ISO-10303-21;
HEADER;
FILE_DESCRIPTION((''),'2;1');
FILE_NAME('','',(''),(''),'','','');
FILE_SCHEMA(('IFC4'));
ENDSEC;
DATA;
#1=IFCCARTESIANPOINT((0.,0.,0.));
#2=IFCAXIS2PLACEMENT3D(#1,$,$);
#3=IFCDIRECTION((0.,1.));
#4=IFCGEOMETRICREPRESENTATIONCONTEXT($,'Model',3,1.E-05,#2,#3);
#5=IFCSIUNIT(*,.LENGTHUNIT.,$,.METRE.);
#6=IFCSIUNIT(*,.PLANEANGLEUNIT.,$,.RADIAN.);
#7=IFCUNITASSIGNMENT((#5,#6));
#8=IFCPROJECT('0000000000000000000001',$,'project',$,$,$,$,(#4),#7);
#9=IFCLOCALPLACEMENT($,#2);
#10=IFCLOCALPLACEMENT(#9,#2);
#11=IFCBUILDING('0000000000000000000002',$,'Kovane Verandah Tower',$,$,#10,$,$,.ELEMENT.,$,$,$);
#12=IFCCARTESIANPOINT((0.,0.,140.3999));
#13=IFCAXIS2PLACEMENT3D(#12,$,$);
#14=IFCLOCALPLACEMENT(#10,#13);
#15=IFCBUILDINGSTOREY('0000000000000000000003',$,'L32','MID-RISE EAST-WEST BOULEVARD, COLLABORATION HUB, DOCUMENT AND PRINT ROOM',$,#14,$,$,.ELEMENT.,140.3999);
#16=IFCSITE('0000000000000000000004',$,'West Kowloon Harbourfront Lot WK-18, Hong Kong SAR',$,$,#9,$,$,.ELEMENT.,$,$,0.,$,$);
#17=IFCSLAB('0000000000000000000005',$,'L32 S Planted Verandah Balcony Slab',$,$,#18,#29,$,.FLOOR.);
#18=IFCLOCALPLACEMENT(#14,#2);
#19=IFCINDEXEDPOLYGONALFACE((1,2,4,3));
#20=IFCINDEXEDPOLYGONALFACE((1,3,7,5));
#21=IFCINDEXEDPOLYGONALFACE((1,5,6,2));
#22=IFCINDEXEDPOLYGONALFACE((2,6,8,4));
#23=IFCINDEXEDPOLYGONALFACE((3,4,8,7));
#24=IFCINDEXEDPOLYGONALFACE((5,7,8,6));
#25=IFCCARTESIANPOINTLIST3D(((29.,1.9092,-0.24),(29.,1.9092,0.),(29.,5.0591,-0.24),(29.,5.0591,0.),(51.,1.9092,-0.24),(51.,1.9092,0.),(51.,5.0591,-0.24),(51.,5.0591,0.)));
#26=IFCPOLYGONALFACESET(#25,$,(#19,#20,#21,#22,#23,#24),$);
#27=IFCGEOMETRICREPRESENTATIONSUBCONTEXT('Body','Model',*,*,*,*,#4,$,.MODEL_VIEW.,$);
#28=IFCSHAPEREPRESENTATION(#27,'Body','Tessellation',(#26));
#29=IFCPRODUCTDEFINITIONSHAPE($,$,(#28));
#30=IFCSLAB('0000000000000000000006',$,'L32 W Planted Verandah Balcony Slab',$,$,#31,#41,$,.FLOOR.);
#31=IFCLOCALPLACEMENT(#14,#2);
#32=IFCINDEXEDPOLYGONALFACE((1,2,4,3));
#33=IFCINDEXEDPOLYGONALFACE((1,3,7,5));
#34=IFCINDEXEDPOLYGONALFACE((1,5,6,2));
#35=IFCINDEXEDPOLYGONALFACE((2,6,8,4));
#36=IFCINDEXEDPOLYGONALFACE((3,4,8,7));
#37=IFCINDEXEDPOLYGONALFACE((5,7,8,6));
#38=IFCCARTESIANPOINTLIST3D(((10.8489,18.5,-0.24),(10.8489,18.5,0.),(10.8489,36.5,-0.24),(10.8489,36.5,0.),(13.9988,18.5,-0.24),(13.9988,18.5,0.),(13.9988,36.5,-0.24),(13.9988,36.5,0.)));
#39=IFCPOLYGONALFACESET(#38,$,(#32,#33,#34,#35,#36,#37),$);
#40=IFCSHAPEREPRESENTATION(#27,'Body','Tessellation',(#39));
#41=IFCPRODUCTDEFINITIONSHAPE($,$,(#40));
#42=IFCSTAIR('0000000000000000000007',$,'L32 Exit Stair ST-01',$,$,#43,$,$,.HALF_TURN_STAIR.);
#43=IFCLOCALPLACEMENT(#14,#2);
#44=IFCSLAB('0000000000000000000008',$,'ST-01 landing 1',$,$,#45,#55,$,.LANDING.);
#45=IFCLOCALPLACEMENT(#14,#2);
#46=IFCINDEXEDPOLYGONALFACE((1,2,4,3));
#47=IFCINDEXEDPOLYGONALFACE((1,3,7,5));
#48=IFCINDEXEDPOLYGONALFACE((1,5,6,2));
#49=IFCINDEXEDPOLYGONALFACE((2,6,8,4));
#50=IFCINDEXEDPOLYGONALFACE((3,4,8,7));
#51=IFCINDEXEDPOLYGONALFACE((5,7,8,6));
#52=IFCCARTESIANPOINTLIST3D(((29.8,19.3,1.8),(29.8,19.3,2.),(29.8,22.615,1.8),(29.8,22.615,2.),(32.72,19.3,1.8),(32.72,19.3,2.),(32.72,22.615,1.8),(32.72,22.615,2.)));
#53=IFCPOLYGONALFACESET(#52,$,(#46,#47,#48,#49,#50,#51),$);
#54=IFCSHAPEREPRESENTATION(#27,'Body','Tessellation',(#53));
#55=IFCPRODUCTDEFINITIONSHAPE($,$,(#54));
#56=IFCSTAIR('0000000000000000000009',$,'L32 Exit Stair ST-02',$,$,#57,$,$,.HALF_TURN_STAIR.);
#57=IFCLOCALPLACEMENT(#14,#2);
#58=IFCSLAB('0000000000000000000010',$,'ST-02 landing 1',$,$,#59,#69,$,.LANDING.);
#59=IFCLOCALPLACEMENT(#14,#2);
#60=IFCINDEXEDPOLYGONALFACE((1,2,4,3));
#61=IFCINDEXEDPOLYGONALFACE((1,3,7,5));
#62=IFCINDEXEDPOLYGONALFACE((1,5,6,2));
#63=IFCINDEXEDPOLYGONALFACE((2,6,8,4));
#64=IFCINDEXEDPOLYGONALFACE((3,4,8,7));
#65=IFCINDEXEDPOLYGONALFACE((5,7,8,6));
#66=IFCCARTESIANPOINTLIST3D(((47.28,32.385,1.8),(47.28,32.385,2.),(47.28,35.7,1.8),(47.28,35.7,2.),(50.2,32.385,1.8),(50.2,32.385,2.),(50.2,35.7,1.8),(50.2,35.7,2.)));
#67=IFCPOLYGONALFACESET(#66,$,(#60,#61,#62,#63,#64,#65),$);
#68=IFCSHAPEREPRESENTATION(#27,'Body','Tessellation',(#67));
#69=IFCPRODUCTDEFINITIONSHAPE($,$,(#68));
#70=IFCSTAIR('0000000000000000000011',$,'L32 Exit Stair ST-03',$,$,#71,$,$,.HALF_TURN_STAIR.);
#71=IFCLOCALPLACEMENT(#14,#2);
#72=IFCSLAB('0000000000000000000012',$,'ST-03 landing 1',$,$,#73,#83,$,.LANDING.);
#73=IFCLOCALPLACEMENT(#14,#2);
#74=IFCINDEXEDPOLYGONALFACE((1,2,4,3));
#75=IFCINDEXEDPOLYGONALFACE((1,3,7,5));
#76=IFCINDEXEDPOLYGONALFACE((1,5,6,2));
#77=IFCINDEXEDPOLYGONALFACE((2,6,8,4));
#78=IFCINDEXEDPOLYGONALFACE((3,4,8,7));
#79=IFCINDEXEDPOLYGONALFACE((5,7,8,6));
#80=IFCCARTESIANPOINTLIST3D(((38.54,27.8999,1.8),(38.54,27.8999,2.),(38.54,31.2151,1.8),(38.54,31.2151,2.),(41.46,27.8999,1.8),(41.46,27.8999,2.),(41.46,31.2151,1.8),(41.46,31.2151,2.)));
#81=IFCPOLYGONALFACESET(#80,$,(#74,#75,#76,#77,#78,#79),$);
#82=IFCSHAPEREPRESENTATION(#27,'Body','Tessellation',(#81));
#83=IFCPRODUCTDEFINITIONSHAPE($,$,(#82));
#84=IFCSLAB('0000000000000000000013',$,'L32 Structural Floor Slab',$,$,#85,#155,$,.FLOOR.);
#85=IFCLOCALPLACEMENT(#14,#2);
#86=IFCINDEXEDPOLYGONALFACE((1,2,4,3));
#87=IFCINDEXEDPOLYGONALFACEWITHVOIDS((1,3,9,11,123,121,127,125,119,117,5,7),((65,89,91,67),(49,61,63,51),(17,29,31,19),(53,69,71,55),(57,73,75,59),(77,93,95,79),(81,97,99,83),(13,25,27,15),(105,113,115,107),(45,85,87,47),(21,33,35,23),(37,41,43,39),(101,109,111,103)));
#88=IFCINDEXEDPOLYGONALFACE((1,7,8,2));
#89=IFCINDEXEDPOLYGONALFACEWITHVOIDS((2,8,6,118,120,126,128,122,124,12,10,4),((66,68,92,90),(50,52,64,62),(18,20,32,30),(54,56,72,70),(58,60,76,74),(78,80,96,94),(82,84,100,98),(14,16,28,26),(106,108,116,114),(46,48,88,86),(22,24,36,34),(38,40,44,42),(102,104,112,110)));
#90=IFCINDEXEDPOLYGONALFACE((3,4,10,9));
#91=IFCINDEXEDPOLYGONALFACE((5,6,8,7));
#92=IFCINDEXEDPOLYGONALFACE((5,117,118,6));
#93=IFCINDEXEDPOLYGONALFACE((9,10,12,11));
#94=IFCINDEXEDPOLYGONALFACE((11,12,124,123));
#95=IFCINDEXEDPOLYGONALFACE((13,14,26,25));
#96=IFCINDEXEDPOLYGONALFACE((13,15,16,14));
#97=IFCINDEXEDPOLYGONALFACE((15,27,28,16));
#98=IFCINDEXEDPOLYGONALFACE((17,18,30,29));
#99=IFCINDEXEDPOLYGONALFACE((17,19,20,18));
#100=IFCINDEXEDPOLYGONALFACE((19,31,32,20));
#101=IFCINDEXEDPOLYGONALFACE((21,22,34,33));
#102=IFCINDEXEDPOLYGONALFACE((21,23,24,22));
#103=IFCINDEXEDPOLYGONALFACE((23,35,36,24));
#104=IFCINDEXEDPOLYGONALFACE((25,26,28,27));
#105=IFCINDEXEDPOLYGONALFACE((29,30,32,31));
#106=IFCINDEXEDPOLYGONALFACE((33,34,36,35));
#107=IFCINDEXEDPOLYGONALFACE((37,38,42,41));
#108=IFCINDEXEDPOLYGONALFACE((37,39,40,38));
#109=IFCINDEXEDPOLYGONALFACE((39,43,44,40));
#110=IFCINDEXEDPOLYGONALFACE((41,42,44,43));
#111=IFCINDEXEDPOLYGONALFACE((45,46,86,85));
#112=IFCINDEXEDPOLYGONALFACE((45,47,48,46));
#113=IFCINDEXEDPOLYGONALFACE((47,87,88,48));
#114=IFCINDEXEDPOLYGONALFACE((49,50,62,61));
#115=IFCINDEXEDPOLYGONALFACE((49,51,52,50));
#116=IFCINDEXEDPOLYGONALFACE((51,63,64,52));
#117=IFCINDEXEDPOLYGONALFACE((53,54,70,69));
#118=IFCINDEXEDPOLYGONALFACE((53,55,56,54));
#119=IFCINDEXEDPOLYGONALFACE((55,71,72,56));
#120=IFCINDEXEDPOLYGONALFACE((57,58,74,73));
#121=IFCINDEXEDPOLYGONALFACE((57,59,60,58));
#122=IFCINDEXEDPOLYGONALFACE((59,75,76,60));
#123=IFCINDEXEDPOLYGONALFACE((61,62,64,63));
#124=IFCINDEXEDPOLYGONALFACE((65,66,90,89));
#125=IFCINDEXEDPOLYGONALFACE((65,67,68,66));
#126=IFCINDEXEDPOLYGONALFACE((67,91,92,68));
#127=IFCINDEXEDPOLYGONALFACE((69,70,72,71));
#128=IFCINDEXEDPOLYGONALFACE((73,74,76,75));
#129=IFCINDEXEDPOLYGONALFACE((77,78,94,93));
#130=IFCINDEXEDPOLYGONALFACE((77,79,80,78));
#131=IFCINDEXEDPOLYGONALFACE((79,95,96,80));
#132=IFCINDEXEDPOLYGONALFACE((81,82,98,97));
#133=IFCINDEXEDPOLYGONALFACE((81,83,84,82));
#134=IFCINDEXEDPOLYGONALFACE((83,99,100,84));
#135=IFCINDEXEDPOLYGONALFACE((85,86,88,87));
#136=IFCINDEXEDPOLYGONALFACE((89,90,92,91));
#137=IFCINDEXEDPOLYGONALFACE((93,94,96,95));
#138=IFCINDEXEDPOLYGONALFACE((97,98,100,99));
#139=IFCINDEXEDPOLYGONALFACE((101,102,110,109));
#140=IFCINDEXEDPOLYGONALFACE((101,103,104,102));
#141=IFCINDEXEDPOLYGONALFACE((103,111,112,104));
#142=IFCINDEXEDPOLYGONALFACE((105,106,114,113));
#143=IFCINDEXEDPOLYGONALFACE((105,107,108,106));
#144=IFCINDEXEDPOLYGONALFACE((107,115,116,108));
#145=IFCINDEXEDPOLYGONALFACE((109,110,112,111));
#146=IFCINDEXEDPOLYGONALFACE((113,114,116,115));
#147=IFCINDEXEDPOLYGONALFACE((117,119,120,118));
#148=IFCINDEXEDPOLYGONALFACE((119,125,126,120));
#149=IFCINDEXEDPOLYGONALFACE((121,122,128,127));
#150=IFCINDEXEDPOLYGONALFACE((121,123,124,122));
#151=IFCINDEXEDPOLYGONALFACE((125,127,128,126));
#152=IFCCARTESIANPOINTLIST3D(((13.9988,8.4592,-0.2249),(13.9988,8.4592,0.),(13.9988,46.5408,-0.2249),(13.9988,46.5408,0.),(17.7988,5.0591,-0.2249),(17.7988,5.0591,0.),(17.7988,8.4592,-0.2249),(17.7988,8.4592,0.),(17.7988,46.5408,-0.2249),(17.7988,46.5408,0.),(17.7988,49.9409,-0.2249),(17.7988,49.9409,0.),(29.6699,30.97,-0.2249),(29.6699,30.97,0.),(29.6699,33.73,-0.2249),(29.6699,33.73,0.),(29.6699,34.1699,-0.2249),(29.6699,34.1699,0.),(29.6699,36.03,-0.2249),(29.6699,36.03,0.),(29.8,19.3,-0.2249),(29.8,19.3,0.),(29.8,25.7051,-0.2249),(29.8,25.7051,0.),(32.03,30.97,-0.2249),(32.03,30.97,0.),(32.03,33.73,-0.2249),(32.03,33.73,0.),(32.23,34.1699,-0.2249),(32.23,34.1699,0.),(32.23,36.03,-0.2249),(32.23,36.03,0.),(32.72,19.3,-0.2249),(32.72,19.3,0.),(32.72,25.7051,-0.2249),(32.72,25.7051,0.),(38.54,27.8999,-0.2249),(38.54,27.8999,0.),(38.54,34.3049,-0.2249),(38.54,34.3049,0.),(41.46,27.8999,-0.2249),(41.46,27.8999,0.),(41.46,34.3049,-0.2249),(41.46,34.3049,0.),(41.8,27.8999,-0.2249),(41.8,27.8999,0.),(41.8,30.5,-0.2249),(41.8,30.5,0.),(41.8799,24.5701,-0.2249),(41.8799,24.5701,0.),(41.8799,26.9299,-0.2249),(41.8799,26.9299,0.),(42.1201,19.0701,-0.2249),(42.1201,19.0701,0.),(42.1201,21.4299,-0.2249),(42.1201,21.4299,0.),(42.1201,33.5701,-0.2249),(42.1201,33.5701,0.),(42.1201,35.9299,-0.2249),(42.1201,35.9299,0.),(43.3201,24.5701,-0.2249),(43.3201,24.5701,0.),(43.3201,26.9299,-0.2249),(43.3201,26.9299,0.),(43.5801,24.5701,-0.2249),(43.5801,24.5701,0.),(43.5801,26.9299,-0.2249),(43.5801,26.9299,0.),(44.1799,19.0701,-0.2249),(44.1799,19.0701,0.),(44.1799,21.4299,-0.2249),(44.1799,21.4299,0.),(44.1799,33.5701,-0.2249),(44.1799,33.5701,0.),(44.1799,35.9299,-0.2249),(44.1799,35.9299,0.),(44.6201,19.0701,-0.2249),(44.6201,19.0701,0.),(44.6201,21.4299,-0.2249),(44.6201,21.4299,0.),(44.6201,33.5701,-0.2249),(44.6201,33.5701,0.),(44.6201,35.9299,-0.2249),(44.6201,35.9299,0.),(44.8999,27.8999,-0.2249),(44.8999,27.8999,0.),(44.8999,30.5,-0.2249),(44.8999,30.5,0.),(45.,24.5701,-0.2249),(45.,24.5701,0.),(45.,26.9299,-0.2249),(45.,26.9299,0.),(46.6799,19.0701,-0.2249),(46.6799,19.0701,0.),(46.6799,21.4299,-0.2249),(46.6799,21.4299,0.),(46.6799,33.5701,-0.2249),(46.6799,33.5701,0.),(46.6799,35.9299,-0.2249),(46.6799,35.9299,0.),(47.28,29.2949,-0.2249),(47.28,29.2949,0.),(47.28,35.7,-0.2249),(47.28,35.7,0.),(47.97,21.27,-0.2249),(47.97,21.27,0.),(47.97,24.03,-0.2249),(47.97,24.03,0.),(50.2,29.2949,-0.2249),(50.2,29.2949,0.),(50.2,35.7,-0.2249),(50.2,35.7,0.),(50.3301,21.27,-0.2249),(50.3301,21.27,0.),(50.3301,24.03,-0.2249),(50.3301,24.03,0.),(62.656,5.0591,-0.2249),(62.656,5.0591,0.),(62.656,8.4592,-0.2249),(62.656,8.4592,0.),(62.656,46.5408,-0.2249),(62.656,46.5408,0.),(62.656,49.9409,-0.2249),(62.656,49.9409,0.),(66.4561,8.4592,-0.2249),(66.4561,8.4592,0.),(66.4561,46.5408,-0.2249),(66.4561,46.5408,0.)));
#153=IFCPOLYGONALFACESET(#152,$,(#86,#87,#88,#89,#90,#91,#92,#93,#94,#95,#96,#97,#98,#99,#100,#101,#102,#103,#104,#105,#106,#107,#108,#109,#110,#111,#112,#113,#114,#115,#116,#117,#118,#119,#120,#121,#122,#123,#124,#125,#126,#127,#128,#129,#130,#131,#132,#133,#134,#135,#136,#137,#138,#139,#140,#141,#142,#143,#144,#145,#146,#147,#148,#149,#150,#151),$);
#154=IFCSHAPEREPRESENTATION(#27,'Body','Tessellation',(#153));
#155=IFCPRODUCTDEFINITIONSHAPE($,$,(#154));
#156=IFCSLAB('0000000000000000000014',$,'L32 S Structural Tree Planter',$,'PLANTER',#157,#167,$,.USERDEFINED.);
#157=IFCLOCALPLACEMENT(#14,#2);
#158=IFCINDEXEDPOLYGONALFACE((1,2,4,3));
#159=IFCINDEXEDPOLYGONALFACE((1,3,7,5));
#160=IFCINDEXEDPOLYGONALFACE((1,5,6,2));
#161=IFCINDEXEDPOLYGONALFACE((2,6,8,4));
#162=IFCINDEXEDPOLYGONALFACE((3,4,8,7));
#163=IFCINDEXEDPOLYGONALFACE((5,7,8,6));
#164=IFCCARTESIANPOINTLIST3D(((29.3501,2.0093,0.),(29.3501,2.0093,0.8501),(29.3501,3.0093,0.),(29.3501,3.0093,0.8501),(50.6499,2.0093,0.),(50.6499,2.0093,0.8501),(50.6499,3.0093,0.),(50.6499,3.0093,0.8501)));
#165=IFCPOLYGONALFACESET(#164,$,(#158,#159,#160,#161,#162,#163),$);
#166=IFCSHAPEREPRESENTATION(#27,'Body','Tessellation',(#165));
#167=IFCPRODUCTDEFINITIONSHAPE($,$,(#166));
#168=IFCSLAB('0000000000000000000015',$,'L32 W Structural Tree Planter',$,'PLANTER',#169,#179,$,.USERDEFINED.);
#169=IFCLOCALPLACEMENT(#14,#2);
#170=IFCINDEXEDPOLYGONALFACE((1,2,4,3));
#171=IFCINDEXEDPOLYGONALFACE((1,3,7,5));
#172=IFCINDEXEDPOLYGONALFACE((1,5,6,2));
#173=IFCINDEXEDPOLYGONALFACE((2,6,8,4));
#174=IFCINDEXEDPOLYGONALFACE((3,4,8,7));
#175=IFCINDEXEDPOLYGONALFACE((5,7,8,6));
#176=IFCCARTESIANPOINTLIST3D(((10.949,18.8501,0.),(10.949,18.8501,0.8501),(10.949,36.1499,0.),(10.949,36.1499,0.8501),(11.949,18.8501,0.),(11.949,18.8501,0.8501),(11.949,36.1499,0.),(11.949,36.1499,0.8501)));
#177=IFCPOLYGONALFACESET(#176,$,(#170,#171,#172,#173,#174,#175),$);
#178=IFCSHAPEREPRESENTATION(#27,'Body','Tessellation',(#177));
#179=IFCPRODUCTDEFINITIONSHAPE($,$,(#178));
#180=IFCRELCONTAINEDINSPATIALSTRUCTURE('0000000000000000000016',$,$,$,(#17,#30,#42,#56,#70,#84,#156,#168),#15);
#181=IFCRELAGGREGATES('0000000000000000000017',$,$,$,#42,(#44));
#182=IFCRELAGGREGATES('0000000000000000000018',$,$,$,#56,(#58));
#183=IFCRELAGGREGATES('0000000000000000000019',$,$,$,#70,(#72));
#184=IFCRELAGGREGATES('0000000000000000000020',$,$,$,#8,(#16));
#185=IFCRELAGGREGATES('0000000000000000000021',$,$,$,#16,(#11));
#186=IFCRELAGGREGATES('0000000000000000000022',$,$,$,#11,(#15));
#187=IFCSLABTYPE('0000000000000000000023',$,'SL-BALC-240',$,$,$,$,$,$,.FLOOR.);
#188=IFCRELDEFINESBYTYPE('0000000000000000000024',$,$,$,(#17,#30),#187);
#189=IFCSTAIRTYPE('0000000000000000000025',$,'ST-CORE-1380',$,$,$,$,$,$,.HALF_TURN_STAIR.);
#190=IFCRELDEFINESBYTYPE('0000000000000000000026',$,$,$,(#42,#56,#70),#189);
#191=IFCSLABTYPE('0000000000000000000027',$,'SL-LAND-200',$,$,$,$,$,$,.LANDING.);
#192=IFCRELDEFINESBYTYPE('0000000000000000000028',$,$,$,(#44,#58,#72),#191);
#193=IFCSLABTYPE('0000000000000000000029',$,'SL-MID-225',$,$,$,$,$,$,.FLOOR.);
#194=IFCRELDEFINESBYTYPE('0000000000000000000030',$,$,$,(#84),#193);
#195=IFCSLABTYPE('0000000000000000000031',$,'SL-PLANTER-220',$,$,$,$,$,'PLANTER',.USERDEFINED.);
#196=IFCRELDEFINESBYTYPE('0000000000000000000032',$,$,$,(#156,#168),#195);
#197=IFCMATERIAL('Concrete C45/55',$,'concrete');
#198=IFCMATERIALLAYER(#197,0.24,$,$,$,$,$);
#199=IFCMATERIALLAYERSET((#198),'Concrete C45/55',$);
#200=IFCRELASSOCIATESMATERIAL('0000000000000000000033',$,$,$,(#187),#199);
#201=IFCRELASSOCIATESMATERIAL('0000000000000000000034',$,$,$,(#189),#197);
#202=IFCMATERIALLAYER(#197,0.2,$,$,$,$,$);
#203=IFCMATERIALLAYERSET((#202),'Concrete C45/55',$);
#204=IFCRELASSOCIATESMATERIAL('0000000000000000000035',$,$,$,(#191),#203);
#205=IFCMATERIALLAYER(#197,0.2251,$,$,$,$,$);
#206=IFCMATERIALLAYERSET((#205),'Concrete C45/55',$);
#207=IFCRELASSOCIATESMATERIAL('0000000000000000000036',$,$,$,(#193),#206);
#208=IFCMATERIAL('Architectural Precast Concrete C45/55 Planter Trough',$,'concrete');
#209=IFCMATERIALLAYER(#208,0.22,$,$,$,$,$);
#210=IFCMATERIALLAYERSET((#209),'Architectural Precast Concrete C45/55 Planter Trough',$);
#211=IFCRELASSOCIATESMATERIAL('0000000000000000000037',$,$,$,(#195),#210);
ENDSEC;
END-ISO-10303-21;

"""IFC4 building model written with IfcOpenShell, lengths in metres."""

from ifc_helpers import new_model, si_unit, direction, frame, origin, place, context, subcontext, project, spatial, polyline, outline, extrude, material, layer, layer_set, type_object, element, aggregate, save


model = new_model("IFC4")

# Units and contexts
model_context = context("Model", 3, precision=1e-05, world=origin(), true_north=direction((0.0, 1.0)))
body_context = subcontext(model_context, "Body", "Model", "MODEL_VIEW")
ifc_project = project(units=[si_unit("LENGTHUNIT", "METRE"), si_unit("PLANEANGLEUNIT", "RADIAN")], contexts=[model_context])

# Site, building, storey
site_placement = place(None, origin())
site = spatial("IfcSite", under=ifc_project, at=site_placement, Name="West Kowloon Harbourfront Lot WK-18, Hong Kong SAR", CompositionType="ELEMENT", RefElevation=0.0)
building_placement = place(site_placement, origin())
building = spatial("IfcBuilding", under=site, at=building_placement, Name="Kovane Verandah Tower", CompositionType="ELEMENT")
storey_placement = place(building_placement, frame((0.0, 0.0, 140.3999)))
storey = spatial("IfcBuildingStorey", under=building, at=storey_placement, Name="L32", Description="MID-RISE EAST-WEST BOULEVARD, COLLABORATION HUB, DOCUMENT AND PRINT ROOM", CompositionType="ELEMENT", Elevation=140.3999)

# Slabs
ifc_material_1 = material(Name="Concrete C45/55", Category="concrete")
ifc_layer_1 = layer(ifc_material_1, 0.24)
ifc_layer_set_1 = layer_set([ifc_layer_1], Name="Concrete C45/55")
slab_type_1 = type_object("IfcSlabType", Name="SL-BALC-240", PredefinedType="FLOOR", material=ifc_layer_set_1)
slab_1_placement = place(storey_placement, frame((0.0, 0.0, -0.24)))
element("IfcSlab", 1, at=slab_1_placement, inside=storey, type_object=slab_type_1, Name="L32 S Planted Verandah Balcony Slab", PredefinedType="FLOOR", context=body_context, shape_type="SweptSolid", body=[
    extrude(outline(polyline([(29.0, 1.9092), (51.0, 1.9092), (51.0, 5.0591), (29.0, 5.0591), (29.0, 1.9092)])), origin(), (0.0, 0.0, 1.0), 0.24),
])
slab_2_placement = place(storey_placement, frame((0.0, 0.0, -0.24)))
element("IfcSlab", 2, at=slab_2_placement, inside=storey, type_object=slab_type_1, Name="L32 W Planted Verandah Balcony Slab", PredefinedType="FLOOR", context=body_context, shape_type="SweptSolid", body=[
    extrude(outline(polyline([(10.8489, 18.5), (13.9988, 18.5), (13.9988, 36.5), (10.8489, 36.5), (10.8489, 18.5)])), origin(), (0.0, 0.0, 1.0), 0.24),
])

# Stairs, slabs
stair_type = type_object("IfcStairType", Name="ST-CORE-1380", PredefinedType="HALF_TURN_STAIR", material=ifc_material_1)
stair_1_placement = place(storey_placement, origin())
stair_1 = element("IfcStair", 3, at=stair_1_placement, inside=storey, type_object=stair_type, Name="L32 Exit Stair ST-01", PredefinedType="HALF_TURN_STAIR")
ifc_layer_2 = layer(ifc_material_1, 0.2)
ifc_layer_set_2 = layer_set([ifc_layer_2], Name="Concrete C45/55")
slab_type_2 = type_object("IfcSlabType", Name="SL-LAND-200", PredefinedType="LANDING", material=ifc_layer_set_2)
slab_3_placement = place(storey_placement, frame((0.0, 0.0, 1.8)))
slab_3 = element("IfcSlab", 4, at=slab_3_placement, type_object=slab_type_2, Name="ST-01 landing 1", PredefinedType="LANDING", context=body_context, shape_type="SweptSolid", body=[
    extrude(outline(polyline([(29.8, 22.615), (29.8, 19.3), (32.72, 19.3), (32.72, 22.615), (29.8, 22.615)])), origin(), (0.0, 0.0, 1.0), 0.2),
])
aggregate(stair_1, [slab_3])
stair_2_placement = place(storey_placement, origin())
stair_2 = element("IfcStair", 5, at=stair_2_placement, inside=storey, type_object=stair_type, Name="L32 Exit Stair ST-02", PredefinedType="HALF_TURN_STAIR")
slab_4_placement = place(storey_placement, frame((0.0, 0.0, 1.8)))
slab_4 = element("IfcSlab", 6, at=slab_4_placement, type_object=slab_type_2, Name="ST-02 landing 1", PredefinedType="LANDING", context=body_context, shape_type="SweptSolid", body=[
    extrude(outline(polyline([(50.2, 32.385), (50.2, 35.7), (47.28, 35.7), (47.28, 32.385), (50.2, 32.385)])), origin(), (0.0, 0.0, 1.0), 0.2),
])
aggregate(stair_2, [slab_4])
stair_3_placement = place(storey_placement, origin())
stair_3 = element("IfcStair", 7, at=stair_3_placement, inside=storey, type_object=stair_type, Name="L32 Exit Stair ST-03", PredefinedType="HALF_TURN_STAIR")
slab_5_placement = place(storey_placement, frame((0.0, 0.0, 1.8)))
slab_5 = element("IfcSlab", 8, at=slab_5_placement, type_object=slab_type_2, Name="ST-03 landing 1", PredefinedType="LANDING", context=body_context, shape_type="SweptSolid", body=[
    extrude(outline(polyline([(38.54, 31.2151), (38.54, 27.8999), (41.46, 27.8999), (41.46, 31.2151), (38.54, 31.2151)])), origin(), (0.0, 0.0, 1.0), 0.2),
])
aggregate(stair_3, [slab_5])

# Slabs
ifc_layer_3 = layer(ifc_material_1, 0.2251)
ifc_layer_set_3 = layer_set([ifc_layer_3], Name="Concrete C45/55")
slab_type_3 = type_object("IfcSlabType", Name="SL-MID-225", PredefinedType="FLOOR", material=ifc_layer_set_3)
slab_6_placement = place(storey_placement, frame((0.0, 0.0, -0.2249)))
element("IfcSlab", 9, at=slab_6_placement, inside=storey, type_object=slab_type_3, Name="L32 Structural Floor Slab", PredefinedType="FLOOR", context=body_context, shape_type="SweptSolid", body=[
    extrude(outline(polyline([(17.7988, 5.0591), (62.656, 5.0591), (62.656, 8.4592), (66.4561, 8.4592), (66.4561, 46.5408), (62.656, 46.5408), (62.656, 49.9409), (17.7988, 49.9409), (17.7988, 46.5408), (13.9988, 46.5408), (13.9988, 8.4592), (17.7988, 8.4592), (17.7988, 5.0591)]), holes=[polyline([(29.8, 19.3), (32.72, 19.3), (32.72, 25.7051), (29.8, 25.7051), (29.8, 19.3)]), polyline([(47.28, 29.2949), (50.2, 29.2949), (50.2, 35.7), (47.28, 35.7), (47.28, 29.2949)]), polyline([(38.54, 27.8999), (41.46, 27.8999), (41.46, 34.3049), (38.54, 34.3049), (38.54, 27.8999)]), polyline([(29.6699, 30.97), (32.03, 30.97), (32.03, 33.73), (29.6699, 33.73), (29.6699, 30.97)]), polyline([(47.97, 21.27), (50.3301, 21.27), (50.3301, 24.03), (47.97, 24.03), (47.97, 21.27)]), polyline([(29.6699, 34.1699), (32.23, 34.1699), (32.23, 36.03), (29.6699, 36.03), (29.6699, 34.1699)]), polyline([(42.1201, 19.0701), (44.1799, 19.0701), (44.1799, 21.4299), (42.1201, 21.4299), (42.1201, 19.0701)]), polyline([(44.6201, 19.0701), (46.6799, 19.0701), (46.6799, 21.4299), (44.6201, 21.4299), (44.6201, 19.0701)]), polyline([(41.8799, 24.5701), (43.3201, 24.5701), (43.3201, 26.9299), (41.8799, 26.9299), (41.8799, 24.5701)]), polyline([(43.5801, 24.5701), (45.0, 24.5701), (45.0, 26.9299), (43.5801, 26.9299), (43.5801, 24.5701)]), polyline([(42.1201, 33.5701), (44.1799, 33.5701), (44.1799, 35.9299), (42.1201, 35.9299), (42.1201, 33.5701)]), polyline([(44.6201, 33.5701), (46.6799, 33.5701), (46.6799, 35.9299), (44.6201, 35.9299), (44.6201, 33.5701)]), polyline([(41.8, 27.8999), (44.8999, 27.8999), (44.8999, 30.5), (41.8, 30.5), (41.8, 27.8999)])]), origin(), (0.0, 0.0, 1.0), 0.2249),
])
ifc_material_2 = material(Name="Architectural Precast Concrete C45/55 Planter Trough", Category="concrete")
ifc_layer_4 = layer(ifc_material_2, 0.22)
ifc_layer_set_4 = layer_set([ifc_layer_4], Name="Architectural Precast Concrete C45/55 Planter Trough")
slab_type_4 = type_object("IfcSlabType", Name="SL-PLANTER-220", ElementType="PLANTER", PredefinedType="USERDEFINED", material=ifc_layer_set_4)
slab_7_placement = place(storey_placement, origin())
element("IfcSlab", 10, at=slab_7_placement, inside=storey, type_object=slab_type_4, Name="L32 S Structural Tree Planter", ObjectType="PLANTER", PredefinedType="USERDEFINED", context=body_context, shape_type="SweptSolid", body=[
    extrude(outline(polyline([(29.3501, 2.0093), (50.6499, 2.0093), (50.6499, 3.0093), (29.3501, 3.0093), (29.3501, 2.0093)])), origin(), (0.0, 0.0, 1.0), 0.8501),
])
slab_8_placement = place(storey_placement, origin())
element("IfcSlab", 11, at=slab_8_placement, inside=storey, type_object=slab_type_4, Name="L32 W Structural Tree Planter", ObjectType="PLANTER", PredefinedType="USERDEFINED", context=body_context, shape_type="SweptSolid", body=[
    extrude(outline(polyline([(10.949, 18.8501), (11.949, 18.8501), (11.949, 36.1499), (10.949, 36.1499), (10.949, 18.8501)])), origin(), (0.0, 0.0, 1.0), 0.8501),
])

save(model, "model.ifc")
